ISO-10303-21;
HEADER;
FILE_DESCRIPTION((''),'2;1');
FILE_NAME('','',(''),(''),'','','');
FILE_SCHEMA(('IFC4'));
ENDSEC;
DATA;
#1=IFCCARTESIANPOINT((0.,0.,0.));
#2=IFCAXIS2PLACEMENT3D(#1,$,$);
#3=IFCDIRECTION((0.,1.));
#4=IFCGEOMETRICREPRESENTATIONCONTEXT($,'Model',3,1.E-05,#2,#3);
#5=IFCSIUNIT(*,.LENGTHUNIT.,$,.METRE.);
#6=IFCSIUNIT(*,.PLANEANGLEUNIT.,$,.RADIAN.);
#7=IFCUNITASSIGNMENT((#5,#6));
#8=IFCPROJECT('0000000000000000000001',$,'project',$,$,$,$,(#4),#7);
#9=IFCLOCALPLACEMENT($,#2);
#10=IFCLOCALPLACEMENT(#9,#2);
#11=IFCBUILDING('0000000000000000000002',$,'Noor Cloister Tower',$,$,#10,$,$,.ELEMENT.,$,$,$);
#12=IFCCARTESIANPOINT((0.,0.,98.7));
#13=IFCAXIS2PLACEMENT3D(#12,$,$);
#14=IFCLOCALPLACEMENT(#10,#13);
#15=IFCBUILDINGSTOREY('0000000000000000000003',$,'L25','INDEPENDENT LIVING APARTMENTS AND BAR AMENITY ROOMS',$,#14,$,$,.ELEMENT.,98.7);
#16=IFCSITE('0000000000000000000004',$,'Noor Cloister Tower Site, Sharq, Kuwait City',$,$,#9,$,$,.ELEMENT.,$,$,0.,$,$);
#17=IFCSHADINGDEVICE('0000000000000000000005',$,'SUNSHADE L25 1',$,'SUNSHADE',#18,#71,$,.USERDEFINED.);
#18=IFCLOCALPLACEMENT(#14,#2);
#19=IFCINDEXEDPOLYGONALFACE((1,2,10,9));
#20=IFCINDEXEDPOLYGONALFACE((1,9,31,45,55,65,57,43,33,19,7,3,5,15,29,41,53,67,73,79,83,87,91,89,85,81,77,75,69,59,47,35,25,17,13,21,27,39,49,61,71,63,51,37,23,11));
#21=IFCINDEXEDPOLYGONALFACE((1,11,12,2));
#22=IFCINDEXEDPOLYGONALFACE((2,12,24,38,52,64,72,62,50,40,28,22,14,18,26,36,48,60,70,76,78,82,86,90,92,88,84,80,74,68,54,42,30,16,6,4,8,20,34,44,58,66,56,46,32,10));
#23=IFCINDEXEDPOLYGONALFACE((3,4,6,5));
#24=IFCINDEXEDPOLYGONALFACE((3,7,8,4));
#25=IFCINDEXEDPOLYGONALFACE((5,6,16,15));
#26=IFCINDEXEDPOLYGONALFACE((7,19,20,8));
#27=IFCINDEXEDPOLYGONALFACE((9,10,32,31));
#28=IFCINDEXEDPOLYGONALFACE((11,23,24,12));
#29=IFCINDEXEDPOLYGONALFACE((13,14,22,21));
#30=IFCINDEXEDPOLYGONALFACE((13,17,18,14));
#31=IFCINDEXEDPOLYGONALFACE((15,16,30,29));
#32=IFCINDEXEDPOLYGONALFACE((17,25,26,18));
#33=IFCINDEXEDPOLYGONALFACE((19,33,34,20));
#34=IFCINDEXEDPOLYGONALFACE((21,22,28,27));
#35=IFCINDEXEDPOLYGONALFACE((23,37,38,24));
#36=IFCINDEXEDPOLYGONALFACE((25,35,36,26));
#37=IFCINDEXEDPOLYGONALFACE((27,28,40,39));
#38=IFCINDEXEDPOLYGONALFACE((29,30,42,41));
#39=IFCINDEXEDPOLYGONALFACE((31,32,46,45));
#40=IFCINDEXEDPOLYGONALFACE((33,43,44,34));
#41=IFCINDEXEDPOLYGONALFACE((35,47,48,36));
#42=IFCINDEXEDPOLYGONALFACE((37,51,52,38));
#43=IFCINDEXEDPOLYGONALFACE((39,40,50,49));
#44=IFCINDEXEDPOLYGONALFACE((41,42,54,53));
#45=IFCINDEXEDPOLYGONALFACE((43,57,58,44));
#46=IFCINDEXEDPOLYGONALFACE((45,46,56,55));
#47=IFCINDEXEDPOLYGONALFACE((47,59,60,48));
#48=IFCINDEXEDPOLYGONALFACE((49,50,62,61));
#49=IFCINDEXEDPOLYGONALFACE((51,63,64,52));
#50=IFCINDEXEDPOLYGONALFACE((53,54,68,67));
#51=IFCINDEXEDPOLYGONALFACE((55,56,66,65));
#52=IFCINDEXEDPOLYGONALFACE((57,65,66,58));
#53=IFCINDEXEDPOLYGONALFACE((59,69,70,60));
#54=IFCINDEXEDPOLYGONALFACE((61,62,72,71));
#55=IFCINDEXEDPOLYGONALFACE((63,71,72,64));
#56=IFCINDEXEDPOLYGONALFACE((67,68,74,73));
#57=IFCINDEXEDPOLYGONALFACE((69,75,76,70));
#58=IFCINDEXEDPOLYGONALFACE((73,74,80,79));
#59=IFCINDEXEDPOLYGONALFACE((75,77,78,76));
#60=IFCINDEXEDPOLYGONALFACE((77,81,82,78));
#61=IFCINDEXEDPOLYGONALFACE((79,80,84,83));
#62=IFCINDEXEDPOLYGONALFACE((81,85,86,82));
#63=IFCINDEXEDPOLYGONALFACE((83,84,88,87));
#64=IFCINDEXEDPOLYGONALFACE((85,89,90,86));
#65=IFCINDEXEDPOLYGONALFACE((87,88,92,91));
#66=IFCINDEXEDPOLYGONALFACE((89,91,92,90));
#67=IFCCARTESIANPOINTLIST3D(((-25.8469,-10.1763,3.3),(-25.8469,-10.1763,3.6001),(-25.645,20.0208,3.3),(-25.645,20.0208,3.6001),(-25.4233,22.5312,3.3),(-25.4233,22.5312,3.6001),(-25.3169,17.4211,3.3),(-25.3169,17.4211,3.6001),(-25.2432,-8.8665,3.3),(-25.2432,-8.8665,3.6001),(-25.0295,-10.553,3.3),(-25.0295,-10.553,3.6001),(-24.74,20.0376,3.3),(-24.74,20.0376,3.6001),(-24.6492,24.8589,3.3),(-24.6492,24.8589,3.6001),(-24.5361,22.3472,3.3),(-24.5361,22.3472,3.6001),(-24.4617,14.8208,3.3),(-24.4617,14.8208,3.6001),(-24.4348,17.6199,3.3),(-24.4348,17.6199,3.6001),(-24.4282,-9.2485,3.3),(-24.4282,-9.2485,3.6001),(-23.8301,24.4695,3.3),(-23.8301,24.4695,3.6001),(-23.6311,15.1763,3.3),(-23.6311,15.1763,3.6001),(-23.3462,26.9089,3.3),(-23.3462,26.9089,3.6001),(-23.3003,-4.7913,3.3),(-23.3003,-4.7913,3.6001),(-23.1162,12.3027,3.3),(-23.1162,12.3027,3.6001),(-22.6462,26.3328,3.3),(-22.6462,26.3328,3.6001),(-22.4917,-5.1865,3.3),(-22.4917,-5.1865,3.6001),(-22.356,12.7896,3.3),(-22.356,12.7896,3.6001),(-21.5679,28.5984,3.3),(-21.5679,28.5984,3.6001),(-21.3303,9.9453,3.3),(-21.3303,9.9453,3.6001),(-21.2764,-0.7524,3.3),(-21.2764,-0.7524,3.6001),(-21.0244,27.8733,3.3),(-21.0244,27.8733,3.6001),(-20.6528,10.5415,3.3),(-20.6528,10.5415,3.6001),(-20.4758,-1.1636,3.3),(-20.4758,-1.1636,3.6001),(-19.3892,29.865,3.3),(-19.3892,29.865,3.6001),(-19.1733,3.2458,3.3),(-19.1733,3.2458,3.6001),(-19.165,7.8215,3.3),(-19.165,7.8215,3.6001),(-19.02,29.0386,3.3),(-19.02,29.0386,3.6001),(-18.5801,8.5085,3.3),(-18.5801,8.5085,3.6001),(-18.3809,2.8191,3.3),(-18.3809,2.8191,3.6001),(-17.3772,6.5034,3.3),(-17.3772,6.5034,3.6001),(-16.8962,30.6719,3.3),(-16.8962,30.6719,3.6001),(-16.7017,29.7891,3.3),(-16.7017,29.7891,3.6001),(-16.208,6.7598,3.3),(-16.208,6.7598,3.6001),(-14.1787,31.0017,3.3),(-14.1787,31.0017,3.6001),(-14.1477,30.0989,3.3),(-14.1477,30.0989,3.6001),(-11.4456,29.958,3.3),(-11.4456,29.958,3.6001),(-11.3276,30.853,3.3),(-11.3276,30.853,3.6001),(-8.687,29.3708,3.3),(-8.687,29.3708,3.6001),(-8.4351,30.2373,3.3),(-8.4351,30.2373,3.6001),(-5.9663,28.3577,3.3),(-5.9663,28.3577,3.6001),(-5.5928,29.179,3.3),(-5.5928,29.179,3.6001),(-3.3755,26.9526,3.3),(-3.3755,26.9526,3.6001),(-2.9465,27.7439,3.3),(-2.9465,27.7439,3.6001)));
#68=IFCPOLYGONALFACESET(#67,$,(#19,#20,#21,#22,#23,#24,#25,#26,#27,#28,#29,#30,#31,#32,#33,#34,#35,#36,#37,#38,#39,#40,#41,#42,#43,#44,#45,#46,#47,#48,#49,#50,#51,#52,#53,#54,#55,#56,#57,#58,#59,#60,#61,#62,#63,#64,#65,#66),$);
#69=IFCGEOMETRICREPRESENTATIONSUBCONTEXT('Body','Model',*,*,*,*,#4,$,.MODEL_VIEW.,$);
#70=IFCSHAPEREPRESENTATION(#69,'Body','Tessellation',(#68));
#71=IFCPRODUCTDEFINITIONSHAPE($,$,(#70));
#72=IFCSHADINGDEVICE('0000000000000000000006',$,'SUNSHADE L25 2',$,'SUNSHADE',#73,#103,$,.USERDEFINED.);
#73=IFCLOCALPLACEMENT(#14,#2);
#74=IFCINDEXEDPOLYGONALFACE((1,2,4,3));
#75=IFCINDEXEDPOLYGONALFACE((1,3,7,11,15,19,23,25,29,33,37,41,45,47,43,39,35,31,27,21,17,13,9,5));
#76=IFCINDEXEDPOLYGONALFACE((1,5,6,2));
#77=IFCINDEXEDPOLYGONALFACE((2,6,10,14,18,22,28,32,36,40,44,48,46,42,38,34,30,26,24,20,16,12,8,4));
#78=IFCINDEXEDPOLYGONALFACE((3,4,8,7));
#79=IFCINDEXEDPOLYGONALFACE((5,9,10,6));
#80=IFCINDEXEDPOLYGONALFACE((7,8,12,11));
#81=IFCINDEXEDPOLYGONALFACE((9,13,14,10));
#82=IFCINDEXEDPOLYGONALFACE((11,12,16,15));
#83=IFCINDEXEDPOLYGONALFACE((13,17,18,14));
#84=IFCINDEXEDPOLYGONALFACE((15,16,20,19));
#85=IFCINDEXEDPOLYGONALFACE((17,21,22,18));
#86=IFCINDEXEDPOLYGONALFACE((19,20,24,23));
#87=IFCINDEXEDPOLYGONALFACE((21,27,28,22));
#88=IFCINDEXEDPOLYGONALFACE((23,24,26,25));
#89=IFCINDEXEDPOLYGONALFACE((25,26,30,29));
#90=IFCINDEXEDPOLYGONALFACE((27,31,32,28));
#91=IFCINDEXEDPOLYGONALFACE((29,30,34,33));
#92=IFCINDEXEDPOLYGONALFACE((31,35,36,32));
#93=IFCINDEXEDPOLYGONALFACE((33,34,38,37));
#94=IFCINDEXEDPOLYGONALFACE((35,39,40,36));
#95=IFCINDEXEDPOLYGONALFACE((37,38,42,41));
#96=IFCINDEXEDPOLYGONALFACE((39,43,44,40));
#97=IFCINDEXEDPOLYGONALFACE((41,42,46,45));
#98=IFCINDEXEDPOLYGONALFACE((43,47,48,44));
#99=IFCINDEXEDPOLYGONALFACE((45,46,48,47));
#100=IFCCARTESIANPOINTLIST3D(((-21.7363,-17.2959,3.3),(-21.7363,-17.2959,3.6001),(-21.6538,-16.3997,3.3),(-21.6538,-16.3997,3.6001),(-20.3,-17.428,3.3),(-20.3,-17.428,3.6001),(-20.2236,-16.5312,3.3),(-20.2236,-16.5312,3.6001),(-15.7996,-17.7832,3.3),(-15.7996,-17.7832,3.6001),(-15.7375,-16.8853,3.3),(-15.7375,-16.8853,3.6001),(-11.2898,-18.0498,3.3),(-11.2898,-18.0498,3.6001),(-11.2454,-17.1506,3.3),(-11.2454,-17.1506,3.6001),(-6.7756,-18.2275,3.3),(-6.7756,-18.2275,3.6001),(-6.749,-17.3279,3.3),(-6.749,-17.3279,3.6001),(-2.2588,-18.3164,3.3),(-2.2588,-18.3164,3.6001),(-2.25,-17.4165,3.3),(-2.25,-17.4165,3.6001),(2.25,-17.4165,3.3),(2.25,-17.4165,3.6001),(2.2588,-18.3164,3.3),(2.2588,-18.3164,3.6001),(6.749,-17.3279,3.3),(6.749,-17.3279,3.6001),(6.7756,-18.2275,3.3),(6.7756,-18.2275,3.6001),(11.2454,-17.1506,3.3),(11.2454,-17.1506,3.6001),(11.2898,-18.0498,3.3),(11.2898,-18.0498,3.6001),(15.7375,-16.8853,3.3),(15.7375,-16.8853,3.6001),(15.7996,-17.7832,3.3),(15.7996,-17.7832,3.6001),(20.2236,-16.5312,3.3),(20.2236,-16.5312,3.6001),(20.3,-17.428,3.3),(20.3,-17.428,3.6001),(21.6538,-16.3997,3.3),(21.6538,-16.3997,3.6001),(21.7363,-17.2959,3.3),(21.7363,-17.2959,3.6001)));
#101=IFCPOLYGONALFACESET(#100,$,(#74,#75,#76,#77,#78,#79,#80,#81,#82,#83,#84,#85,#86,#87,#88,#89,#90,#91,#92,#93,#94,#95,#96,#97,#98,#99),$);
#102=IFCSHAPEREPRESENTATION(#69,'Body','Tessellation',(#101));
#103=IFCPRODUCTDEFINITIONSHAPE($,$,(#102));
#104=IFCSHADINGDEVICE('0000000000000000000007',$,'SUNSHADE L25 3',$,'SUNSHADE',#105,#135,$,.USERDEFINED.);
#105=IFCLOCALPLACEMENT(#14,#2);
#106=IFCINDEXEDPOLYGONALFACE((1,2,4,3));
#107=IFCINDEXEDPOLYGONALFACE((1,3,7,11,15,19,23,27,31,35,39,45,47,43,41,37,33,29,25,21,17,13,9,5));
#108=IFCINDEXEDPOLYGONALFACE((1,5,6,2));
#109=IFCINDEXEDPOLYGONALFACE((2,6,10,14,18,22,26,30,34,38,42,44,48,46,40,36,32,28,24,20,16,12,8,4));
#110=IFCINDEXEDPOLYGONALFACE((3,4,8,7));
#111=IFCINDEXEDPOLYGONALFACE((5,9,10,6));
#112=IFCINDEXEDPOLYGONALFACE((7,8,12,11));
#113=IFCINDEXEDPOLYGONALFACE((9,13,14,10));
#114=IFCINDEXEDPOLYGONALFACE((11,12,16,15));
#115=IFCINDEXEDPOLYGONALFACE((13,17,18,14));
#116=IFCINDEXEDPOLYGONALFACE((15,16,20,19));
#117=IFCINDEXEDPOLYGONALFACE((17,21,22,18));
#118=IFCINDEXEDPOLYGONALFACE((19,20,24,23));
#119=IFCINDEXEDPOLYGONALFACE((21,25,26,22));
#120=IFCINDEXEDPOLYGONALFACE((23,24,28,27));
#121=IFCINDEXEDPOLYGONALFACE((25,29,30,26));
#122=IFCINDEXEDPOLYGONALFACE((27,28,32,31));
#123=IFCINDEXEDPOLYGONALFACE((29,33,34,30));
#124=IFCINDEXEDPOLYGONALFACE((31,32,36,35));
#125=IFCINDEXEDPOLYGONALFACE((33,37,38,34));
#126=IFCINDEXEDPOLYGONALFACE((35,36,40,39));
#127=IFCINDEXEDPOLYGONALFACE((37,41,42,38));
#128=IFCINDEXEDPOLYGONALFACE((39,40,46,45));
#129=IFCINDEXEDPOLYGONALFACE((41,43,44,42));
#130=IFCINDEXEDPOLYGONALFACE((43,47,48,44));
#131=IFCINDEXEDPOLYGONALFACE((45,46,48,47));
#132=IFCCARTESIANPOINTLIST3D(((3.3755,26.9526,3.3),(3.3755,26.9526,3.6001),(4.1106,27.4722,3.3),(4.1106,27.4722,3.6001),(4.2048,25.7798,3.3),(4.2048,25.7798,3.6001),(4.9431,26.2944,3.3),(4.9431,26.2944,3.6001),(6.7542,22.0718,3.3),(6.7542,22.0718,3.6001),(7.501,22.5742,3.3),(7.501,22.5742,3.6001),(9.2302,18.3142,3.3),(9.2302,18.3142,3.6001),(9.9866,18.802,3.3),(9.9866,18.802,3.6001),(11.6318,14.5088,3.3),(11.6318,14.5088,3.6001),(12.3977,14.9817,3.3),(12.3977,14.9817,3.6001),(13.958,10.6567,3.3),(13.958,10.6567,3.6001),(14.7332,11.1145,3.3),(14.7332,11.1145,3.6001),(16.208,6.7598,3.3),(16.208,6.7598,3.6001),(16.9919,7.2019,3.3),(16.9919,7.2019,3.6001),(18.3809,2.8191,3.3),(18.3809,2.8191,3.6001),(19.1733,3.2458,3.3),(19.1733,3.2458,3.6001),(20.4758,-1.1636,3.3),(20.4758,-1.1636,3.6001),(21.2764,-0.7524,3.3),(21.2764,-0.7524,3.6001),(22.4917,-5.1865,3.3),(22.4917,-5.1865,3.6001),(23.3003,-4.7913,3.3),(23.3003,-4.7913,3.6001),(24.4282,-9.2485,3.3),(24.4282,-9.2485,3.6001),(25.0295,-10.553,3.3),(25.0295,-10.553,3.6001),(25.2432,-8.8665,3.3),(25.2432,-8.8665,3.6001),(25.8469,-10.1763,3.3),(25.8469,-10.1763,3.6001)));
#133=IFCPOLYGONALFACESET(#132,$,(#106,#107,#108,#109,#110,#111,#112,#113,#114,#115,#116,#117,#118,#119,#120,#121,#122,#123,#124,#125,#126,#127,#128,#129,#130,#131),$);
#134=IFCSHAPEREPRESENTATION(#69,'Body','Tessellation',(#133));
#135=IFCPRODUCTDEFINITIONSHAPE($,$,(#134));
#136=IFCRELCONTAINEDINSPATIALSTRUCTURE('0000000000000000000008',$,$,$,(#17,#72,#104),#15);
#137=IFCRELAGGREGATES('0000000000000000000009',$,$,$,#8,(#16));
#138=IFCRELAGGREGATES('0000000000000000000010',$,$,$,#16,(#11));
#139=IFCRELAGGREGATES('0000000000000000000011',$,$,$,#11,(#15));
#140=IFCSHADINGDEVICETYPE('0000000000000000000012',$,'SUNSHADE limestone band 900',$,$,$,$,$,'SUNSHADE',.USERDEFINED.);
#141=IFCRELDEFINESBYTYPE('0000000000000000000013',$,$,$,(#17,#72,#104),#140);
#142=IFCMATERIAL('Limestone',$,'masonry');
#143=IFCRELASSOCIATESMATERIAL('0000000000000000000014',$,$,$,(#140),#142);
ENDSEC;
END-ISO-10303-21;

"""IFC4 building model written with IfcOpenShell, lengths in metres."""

from ifc_helpers import new_model, si_unit, direction, frame, origin, place, context, subcontext, project, spatial, polyline, outline, extrude, material, type_object, element, save


model = new_model("IFC4")

# Units and contexts
model_context = context("Model", 3, precision=1e-05, world=origin(), true_north=direction((0.0, 1.0)))
body_context = subcontext(model_context, "Body", "Model", "MODEL_VIEW")
ifc_project = project(units=[si_unit("LENGTHUNIT", "METRE"), si_unit("PLANEANGLEUNIT", "RADIAN")], contexts=[model_context])

# Site, building, storey
site_placement = place(None, origin())
site = spatial("IfcSite", under=ifc_project, at=site_placement, Name="Noor Cloister Tower Site, Sharq, Kuwait City", CompositionType="ELEMENT", RefElevation=0.0)
building_placement = place(site_placement, origin())
building = spatial("IfcBuilding", under=site, at=building_placement, Name="Noor Cloister Tower", CompositionType="ELEMENT")
storey_placement = place(building_placement, frame((0.0, 0.0, 98.7)))
storey = spatial("IfcBuildingStorey", under=building, at=storey_placement, Name="L25", Description="INDEPENDENT LIVING APARTMENTS AND BAR AMENITY ROOMS", CompositionType="ELEMENT", Elevation=98.7)

# Shading devices
ifc_material_1 = material(Name="Limestone", Category="masonry")
shading_device_type = type_object("IfcShadingDeviceType", Name="SUNSHADE limestone band 900", ElementType="SUNSHADE", PredefinedType="USERDEFINED", material=ifc_material_1)
shading_device_1_placement = place(storey_placement, frame((0.0, 0.0, 3.3)))
element("IfcShadingDevice", 1, at=shading_device_1_placement, inside=storey, type_object=shading_device_type, Name="SUNSHADE L25 1", ObjectType="SUNSHADE", PredefinedType="USERDEFINED", context=body_context, shape_type="SweptSolid", body=[
    extrude(outline(polyline([(-2.9465, 27.7439), (-5.5928, 29.179), (-8.4351, 30.2373), (-11.3276, 30.853), (-14.1787, 31.0017), (-16.8962, 30.6719), (-19.3892, 29.865), (-21.5679, 28.5984), (-23.3462, 26.9089), (-24.6492, 24.8589), (-25.4233, 22.5312), (-25.645, 20.0208), (-25.3169, 17.4211), (-24.4617, 14.8208), (-23.1162, 12.3027), (-21.3303, 9.9453), (-19.165, 7.8215), (-17.3772, 6.5034), (-19.1733, 3.2458), (-21.2764, -0.7524), (-23.3003, -4.7913), (-25.2432, -8.8665), (-25.8469, -10.1763), (-25.0295, -10.553), (-24.4282, -9.2485), (-22.4917, -5.1865), (-20.4758, -1.1636), (-18.3809, 2.8191), (-16.208, 6.7598), (-18.5801, 8.5085), (-20.6528, 10.5415), (-22.356, 12.7896), (-23.6311, 15.1763), (-24.4348, 17.6199), (-24.74, 20.0376), (-24.5361, 22.3472), (-23.8301, 24.4695), (-22.6462, 26.3328), (-21.0244, 27.8733), (-19.02, 29.0386), (-16.7017, 29.7891), (-14.1477, 30.0989), (-11.4456, 29.958), (-8.687, 29.3708), (-5.9663, 28.3577), (-3.3755, 26.9526), (-2.9465, 27.7439)])), origin(), (0.0, 0.0, 1.0), 0.3),
])
shading_device_2_placement = place(storey_placement, frame((0.0, 0.0, 3.3)))
element("IfcShadingDevice", 2, at=shading_device_2_placement, inside=storey, type_object=shading_device_type, Name="SUNSHADE L25 2", ObjectType="SUNSHADE", PredefinedType="USERDEFINED", context=body_context, shape_type="SweptSolid", body=[
    extrude(outline(polyline([(-21.7363, -17.2959), (-20.3, -17.428), (-15.7996, -17.7832), (-11.2898, -18.0498), (-6.7756, -18.2275), (-2.2588, -18.3164), (2.2588, -18.3164), (6.7756, -18.2275), (11.2898, -18.0498), (15.7996, -17.7832), (20.3, -17.428), (21.7363, -17.2959), (21.6538, -16.3997), (20.2236, -16.5312), (15.7375, -16.8853), (11.2454, -17.1506), (6.749, -17.3279), (2.25, -17.4165), (-2.25, -17.4165), (-6.749, -17.3279), (-11.2454, -17.1506), (-15.7375, -16.8853), (-20.2236, -16.5312), (-21.6538, -16.3997), (-21.7363, -17.2959)])), origin(), (0.0, 0.0, 1.0), 0.3),
])
shading_device_3_placement = place(storey_placement, frame((0.0, 0.0, 3.3)))
element("IfcShadingDevice", 3, at=shading_device_3_placement, inside=storey, type_object=shading_device_type, Name="SUNSHADE L25 3", ObjectType="SUNSHADE", PredefinedType="USERDEFINED", context=body_context, shape_type="SweptSolid", body=[
    extrude(outline(polyline([(25.8469, -10.1763), (25.2432, -8.8665), (23.3003, -4.7913), (21.2764, -0.7524), (19.1733, 3.2458), (16.9919, 7.2019), (14.7332, 11.1145), (12.3977, 14.9817), (9.9866, 18.802), (7.501, 22.5742), (4.9431, 26.2944), (4.1106, 27.4722), (3.3755, 26.9526), (4.2048, 25.7798), (6.7542, 22.0718), (9.2302, 18.3142), (11.6318, 14.5088), (13.958, 10.6567), (16.208, 6.7598), (18.3809, 2.8191), (20.4758, -1.1636), (22.4917, -5.1865), (24.4282, -9.2485), (25.0295, -10.553), (25.8469, -10.1763)])), origin(), (0.0, 0.0, 1.0), 0.3),
])

save(model, "model.ifc")
